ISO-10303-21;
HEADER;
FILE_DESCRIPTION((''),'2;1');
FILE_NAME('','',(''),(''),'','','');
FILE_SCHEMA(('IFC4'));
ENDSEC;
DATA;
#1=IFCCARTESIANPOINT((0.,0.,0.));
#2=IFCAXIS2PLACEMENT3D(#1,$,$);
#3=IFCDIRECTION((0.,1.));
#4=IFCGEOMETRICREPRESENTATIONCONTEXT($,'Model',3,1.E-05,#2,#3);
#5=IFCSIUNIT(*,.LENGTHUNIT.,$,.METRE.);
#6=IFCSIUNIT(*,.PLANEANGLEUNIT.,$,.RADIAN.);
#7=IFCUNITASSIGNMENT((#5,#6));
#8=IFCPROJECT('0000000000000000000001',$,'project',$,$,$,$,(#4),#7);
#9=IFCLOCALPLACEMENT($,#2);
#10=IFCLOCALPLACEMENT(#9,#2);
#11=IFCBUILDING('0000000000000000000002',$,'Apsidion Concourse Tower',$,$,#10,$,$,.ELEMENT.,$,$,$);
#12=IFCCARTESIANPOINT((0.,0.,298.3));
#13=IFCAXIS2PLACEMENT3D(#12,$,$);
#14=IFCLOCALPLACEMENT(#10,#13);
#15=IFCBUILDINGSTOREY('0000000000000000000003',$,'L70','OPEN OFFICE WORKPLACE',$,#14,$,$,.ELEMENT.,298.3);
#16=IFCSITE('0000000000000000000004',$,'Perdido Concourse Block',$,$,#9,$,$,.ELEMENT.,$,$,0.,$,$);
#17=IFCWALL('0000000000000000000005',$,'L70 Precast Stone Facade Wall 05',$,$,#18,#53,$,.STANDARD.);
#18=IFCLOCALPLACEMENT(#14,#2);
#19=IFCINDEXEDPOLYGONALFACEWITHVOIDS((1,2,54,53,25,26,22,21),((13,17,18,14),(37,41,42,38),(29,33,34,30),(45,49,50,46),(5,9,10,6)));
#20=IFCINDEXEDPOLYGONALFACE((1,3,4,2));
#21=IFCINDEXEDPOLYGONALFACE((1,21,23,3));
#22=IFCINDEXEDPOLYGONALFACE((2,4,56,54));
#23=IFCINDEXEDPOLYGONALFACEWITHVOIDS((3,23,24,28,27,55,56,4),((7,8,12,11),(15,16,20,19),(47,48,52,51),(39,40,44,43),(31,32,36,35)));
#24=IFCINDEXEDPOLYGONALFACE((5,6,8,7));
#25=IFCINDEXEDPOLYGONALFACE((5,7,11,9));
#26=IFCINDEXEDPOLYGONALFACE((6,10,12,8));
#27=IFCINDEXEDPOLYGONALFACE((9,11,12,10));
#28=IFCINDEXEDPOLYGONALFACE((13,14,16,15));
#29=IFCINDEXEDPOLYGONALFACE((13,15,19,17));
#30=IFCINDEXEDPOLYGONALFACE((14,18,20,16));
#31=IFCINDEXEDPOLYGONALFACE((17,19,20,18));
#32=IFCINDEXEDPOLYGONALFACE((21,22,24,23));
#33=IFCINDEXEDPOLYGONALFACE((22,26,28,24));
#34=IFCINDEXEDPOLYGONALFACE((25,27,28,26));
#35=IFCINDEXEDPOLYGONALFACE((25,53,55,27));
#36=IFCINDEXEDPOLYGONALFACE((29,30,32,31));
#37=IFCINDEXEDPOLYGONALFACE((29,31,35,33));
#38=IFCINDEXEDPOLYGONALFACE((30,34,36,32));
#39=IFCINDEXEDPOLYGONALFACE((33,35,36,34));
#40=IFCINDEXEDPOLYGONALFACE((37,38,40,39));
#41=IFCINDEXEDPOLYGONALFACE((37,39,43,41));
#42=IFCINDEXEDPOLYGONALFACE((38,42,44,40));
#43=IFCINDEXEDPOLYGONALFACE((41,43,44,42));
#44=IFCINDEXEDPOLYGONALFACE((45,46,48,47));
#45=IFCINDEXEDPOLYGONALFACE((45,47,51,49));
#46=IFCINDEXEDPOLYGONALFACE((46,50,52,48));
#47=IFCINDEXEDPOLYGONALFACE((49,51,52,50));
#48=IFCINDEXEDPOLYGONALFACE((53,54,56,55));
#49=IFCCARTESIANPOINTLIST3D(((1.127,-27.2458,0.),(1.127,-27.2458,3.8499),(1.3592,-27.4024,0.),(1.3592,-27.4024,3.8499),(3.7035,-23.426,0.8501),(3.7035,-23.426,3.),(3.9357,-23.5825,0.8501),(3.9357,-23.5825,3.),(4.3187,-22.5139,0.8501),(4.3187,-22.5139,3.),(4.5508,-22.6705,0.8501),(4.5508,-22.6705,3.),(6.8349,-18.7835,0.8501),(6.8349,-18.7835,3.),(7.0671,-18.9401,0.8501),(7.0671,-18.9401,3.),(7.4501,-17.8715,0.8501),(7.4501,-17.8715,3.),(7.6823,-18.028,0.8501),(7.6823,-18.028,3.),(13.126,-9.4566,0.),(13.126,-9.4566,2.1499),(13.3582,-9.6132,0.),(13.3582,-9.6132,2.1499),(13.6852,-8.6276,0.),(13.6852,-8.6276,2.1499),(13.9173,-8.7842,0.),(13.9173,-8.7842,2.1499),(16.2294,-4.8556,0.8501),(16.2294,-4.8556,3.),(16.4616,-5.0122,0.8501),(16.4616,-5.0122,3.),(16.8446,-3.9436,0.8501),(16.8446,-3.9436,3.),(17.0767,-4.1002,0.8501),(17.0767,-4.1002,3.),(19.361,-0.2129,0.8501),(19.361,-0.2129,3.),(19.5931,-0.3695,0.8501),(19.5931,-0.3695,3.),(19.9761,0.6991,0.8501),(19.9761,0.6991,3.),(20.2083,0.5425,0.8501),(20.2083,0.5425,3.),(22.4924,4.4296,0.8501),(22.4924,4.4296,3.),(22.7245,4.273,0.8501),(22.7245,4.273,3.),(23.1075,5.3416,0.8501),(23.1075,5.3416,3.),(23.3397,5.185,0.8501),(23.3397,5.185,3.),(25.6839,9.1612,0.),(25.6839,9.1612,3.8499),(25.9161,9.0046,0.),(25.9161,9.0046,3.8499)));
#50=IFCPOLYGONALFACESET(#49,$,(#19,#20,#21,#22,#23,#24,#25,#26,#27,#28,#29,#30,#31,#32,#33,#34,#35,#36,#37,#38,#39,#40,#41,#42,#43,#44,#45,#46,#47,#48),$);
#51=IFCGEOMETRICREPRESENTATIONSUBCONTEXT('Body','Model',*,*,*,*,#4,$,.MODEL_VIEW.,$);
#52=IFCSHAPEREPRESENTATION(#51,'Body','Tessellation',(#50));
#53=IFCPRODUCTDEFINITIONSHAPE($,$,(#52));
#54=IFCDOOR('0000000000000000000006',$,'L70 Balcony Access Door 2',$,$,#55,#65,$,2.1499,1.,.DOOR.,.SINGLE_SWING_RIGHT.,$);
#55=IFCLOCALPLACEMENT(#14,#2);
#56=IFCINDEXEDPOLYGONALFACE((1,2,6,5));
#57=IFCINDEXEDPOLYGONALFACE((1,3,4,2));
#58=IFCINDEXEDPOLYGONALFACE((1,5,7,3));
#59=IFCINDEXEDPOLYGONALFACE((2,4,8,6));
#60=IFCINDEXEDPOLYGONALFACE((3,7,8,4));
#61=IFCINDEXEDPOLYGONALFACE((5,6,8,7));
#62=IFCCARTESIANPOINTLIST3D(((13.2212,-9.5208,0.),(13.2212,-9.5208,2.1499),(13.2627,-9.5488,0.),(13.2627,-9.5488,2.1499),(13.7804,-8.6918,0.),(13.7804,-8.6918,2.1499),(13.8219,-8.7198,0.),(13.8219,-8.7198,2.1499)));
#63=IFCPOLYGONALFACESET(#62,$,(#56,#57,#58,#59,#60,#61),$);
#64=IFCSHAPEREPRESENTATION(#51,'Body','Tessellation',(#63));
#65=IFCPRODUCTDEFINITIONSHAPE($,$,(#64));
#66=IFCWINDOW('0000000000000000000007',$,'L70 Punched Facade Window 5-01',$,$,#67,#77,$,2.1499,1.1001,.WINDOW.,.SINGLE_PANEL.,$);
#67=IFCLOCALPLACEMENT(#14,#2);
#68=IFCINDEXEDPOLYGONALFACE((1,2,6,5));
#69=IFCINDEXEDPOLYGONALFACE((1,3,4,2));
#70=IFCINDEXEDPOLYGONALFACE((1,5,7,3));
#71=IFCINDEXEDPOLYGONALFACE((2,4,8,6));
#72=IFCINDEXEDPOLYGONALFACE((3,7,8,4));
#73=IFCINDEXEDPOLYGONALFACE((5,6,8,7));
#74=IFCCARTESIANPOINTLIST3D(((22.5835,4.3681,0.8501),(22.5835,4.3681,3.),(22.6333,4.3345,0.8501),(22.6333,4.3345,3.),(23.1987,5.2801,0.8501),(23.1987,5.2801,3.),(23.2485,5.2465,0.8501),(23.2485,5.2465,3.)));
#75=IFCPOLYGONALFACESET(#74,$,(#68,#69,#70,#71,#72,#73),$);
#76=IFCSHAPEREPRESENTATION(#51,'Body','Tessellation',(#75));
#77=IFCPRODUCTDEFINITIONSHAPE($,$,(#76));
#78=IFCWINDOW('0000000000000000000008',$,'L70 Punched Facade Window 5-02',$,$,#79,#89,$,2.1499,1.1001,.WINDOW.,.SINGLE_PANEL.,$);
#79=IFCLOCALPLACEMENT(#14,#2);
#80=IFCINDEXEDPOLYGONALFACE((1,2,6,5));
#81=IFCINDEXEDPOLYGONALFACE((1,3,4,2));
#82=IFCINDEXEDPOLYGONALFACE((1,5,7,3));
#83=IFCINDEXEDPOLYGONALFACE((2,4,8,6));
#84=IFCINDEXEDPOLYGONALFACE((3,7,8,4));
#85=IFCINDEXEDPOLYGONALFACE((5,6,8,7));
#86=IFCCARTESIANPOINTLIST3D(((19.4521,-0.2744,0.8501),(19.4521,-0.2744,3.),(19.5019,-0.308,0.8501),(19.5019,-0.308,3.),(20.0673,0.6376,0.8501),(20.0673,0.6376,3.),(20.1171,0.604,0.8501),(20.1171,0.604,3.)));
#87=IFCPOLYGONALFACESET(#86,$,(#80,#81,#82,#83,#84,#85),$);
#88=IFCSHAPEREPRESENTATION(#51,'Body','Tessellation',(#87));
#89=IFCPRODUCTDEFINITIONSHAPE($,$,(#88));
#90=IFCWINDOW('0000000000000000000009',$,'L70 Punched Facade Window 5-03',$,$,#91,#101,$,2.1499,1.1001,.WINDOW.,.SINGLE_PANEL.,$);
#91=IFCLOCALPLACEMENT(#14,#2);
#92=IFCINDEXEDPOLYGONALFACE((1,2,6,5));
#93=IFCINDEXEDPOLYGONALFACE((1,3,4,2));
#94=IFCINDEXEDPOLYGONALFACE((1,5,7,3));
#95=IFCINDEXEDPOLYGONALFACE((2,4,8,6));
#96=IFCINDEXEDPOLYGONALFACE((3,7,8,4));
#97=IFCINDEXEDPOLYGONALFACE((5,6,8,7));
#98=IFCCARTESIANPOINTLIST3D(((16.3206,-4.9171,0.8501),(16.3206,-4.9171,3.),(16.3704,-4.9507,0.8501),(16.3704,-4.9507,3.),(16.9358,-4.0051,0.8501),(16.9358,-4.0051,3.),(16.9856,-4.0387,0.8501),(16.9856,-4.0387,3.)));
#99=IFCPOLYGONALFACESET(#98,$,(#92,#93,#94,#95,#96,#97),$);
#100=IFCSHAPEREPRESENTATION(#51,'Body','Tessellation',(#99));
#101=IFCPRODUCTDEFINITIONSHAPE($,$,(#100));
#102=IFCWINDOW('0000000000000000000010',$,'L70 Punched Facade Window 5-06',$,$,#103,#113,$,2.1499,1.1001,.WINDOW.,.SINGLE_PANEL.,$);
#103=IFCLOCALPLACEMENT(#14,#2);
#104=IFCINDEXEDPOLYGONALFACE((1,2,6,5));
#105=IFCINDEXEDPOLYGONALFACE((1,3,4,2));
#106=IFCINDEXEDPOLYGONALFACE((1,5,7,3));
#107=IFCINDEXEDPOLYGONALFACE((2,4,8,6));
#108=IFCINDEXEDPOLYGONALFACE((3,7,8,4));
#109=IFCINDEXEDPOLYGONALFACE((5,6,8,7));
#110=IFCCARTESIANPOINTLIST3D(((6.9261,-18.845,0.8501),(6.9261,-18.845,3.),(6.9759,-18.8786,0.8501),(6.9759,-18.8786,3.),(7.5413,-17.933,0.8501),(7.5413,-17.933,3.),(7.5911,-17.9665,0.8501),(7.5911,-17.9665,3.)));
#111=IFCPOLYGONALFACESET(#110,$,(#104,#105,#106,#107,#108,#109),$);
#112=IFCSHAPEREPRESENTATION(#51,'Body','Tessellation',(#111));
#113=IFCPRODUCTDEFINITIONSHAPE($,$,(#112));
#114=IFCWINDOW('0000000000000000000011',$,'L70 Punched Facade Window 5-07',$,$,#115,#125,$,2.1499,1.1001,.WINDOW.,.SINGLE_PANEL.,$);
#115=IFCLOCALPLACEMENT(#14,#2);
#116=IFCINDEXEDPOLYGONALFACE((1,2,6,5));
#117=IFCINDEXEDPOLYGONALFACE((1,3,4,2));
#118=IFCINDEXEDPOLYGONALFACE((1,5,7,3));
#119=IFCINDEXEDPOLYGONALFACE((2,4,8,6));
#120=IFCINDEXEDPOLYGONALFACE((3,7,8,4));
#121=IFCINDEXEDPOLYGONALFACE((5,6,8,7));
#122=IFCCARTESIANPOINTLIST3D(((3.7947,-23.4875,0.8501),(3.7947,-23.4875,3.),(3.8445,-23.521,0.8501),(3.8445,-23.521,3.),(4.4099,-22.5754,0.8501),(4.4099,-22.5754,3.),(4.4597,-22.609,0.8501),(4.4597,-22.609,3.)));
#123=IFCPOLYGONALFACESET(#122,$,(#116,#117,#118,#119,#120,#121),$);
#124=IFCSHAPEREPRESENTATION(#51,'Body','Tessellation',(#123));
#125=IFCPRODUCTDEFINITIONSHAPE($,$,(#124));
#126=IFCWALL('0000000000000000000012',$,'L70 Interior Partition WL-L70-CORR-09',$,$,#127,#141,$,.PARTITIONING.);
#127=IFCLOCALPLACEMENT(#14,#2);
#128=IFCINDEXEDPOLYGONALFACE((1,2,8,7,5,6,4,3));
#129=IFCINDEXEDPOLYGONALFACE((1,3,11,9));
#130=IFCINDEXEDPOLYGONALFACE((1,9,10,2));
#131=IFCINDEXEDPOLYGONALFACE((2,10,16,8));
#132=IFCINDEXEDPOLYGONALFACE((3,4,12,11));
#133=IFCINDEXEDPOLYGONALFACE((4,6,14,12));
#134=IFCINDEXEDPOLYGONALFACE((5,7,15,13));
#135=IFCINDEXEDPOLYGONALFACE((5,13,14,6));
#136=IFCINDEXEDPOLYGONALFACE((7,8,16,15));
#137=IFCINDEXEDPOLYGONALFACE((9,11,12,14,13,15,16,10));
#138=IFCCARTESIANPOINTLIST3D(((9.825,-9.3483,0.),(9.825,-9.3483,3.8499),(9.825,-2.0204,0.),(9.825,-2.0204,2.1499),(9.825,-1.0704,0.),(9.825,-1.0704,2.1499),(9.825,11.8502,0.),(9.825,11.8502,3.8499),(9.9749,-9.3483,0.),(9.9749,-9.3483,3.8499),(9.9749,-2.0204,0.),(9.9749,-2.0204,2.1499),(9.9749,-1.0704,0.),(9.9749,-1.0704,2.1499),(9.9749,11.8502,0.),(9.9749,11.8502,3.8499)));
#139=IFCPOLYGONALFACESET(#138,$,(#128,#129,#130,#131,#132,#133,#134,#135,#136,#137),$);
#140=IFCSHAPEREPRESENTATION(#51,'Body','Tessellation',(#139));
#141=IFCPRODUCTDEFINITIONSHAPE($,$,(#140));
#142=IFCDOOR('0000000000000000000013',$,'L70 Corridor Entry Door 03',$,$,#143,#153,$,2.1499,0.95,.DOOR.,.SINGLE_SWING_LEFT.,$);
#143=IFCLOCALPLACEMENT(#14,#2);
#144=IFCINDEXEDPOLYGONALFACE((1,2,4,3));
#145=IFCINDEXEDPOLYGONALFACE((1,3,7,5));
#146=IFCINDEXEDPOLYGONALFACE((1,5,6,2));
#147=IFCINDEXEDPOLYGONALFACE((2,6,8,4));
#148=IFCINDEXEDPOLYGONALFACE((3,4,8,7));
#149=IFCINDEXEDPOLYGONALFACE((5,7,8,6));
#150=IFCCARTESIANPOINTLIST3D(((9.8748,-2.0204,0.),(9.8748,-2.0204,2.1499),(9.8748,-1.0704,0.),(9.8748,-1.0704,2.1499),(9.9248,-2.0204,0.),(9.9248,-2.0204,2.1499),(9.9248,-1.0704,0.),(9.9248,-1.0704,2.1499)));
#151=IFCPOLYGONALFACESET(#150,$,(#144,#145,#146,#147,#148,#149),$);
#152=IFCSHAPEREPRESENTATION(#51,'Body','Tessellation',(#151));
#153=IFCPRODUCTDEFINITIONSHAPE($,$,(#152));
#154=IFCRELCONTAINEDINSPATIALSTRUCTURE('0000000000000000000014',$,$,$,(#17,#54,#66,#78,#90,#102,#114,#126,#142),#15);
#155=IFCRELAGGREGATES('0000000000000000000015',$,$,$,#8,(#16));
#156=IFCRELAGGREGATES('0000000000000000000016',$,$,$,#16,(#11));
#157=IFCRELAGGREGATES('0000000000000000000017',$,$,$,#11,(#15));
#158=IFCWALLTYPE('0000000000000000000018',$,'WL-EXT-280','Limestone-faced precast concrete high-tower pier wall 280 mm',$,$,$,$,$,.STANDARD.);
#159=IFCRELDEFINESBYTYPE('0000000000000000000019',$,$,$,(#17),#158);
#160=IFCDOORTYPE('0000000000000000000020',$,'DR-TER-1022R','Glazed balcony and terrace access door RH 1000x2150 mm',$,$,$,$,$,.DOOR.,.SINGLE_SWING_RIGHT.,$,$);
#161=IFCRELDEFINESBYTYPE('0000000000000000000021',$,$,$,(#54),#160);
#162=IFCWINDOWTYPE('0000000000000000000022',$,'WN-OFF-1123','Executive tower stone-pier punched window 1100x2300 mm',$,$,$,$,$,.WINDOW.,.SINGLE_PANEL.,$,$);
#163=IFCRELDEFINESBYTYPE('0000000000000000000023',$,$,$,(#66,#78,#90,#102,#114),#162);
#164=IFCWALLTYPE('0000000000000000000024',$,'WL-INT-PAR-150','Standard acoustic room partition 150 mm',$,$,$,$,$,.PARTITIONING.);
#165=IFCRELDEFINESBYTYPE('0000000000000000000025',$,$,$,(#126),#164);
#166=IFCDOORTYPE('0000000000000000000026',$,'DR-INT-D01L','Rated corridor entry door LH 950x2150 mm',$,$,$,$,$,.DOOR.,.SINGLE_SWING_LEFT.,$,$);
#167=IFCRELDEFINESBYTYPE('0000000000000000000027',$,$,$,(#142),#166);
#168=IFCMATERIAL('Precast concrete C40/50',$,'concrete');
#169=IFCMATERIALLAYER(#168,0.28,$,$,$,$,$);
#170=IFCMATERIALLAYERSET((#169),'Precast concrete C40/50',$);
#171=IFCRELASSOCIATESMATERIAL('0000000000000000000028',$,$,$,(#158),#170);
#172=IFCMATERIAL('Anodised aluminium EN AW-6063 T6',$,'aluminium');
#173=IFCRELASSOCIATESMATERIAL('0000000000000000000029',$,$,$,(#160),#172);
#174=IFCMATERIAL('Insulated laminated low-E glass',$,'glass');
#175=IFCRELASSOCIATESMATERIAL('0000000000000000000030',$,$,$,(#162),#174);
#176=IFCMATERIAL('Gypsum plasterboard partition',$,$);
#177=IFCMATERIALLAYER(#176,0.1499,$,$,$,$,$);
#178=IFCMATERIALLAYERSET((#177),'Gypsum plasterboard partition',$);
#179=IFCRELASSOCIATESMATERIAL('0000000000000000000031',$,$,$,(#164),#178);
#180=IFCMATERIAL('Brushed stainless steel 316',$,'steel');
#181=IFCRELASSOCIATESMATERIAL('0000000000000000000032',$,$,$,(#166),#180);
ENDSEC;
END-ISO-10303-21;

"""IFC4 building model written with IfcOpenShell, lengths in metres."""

from ifc_helpers import new_model, si_unit, direction, frame, frame_2d, origin, place, context, subcontext, project, spatial, rectangle, extrude, material, layer, layer_set, type_object, element, fill, save


model = new_model("IFC4")

# Units and contexts
model_context = context("Model", 3, precision=1e-05, world=origin(), true_north=direction((0.0, 1.0)))
body_context = subcontext(model_context, "Body", "Model", "MODEL_VIEW")
ifc_project = project(units=[si_unit("LENGTHUNIT", "METRE"), si_unit("PLANEANGLEUNIT", "RADIAN")], contexts=[model_context])

# Site, building, storey
site_placement = place(None, origin())
site = spatial("IfcSite", under=ifc_project, at=site_placement, Name="Perdido Concourse Block", CompositionType="ELEMENT", RefElevation=0.0)
building_placement = place(site_placement, origin())
building = spatial("IfcBuilding", under=site, at=building_placement, Name="Apsidion Concourse Tower", CompositionType="ELEMENT")
storey_placement = place(building_placement, frame((0.0, 0.0, 298.3)))
storey = spatial("IfcBuildingStorey", under=building, at=storey_placement, Name="L70", Description="OPEN OFFICE WORKPLACE", CompositionType="ELEMENT", Elevation=298.3)

# Shared definitions
ifc_material_1 = material(Name="Precast concrete C40/50", Category="concrete")
ifc_layer_1 = layer(ifc_material_1, 0.28)
ifc_layer_set_1 = layer_set([ifc_layer_1], Name="Precast concrete C40/50")
wall_type_1 = type_object("IfcWallType", Name="WL-EXT-280", Description="Limestone-faced precast concrete high-tower pier wall 280 mm", PredefinedType="STANDARD", material=ifc_layer_set_1)

# Wall, openings, door, windows
wall_1_placement = place(storey_placement, frame((25.8, 9.083, 0.0), z_axis=(0.0, 0.0, 1.0), x_axis=(-0.559194, -0.829037, 0.0)))
wall_1 = element("IfcWall", 1, at=wall_1_placement, inside=storey, type_object=wall_type_1, Name="L70 Precast Stone Facade Wall 05", PredefinedType="STANDARD", context=body_context, shape_type="SweptSolid", body=[
    extrude(rectangle(XDim=43.9148, YDim=0.28, at=frame_2d((21.9575, 0.0))), origin(), (0.0, 0.0, 1.0), 3.8499),
])
opening_1_placement = place(wall_1_placement, frame((21.4573, 0.0, 0.0)))
opening_1 = element("IfcOpeningElement", 2, at=opening_1_placement, cuts=wall_1, PredefinedType="OPENING", context=body_context, shape_type="SweptSolid", body=[
    extrude(rectangle(XDim=1.0, YDim=2.1499, at=frame_2d((0.5, 1.075))), frame((0.0, 0.1499, 0.0), z_axis=(0.0, -1.0, 0.0), x_axis=(1.0, 0.0, 0.0)), (0.0, 0.0, 1.0), 0.3),
])
opening_2_placement = place(wall_1_placement, frame((4.6074, 0.0, 0.8501)))
opening_2 = element("IfcOpeningElement", 3, at=opening_2_placement, cuts=wall_1, PredefinedType="OPENING", context=body_context, shape_type="SweptSolid", body=[
    extrude(rectangle(XDim=1.1001, YDim=2.1499, at=frame_2d((0.55, 1.075))), frame((0.0, 0.1499, 0.0), z_axis=(0.0, -1.0, 0.0), x_axis=(1.0, 0.0, 0.0)), (0.0, 0.0, 1.0), 0.3),
])
opening_3_placement = place(wall_1_placement, frame((10.2073, 0.0, 0.8501)))
opening_3 = element("IfcOpeningElement", 4, at=opening_3_placement, cuts=wall_1, PredefinedType="OPENING", context=body_context, shape_type="SweptSolid", body=[
    extrude(rectangle(XDim=1.1001, YDim=2.1499, at=frame_2d((0.55, 1.075))), frame((0.0, 0.1499, 0.0), z_axis=(0.0, -1.0, 0.0), x_axis=(1.0, 0.0, 0.0)), (0.0, 0.0, 1.0), 0.3),
])
opening_4_placement = place(wall_1_placement, frame((15.8074, 0.0, 0.8501)))
opening_4 = element("IfcOpeningElement", 5, at=opening_4_placement, cuts=wall_1, PredefinedType="OPENING", context=body_context, shape_type="SweptSolid", body=[
    extrude(rectangle(XDim=1.1001, YDim=2.1499, at=frame_2d((0.55, 1.075))), frame((0.0, 0.1499, 0.0), z_axis=(0.0, -1.0, 0.0), x_axis=(1.0, 0.0, 0.0)), (0.0, 0.0, 1.0), 0.3),
])
opening_5_placement = place(wall_1_placement, frame((32.6074, 0.0, 0.8501)))
opening_5 = element("IfcOpeningElement", 6, at=opening_5_placement, cuts=wall_1, PredefinedType="OPENING", context=body_context, shape_type="SweptSolid", body=[
    extrude(rectangle(XDim=1.1001, YDim=2.1499, at=frame_2d((0.55, 1.075))), frame((0.0, 0.1499, 0.0), z_axis=(0.0, -1.0, 0.0), x_axis=(1.0, 0.0, 0.0)), (0.0, 0.0, 1.0), 0.3),
])
opening_6_placement = place(wall_1_placement, frame((38.2073, 0.0, 0.8501)))
opening_6 = element("IfcOpeningElement", 7, at=opening_6_placement, cuts=wall_1, PredefinedType="OPENING", context=body_context, shape_type="SweptSolid", body=[
    extrude(rectangle(XDim=1.1001, YDim=2.1499, at=frame_2d((0.55, 1.075))), frame((0.0, 0.1499, 0.0), z_axis=(0.0, -1.0, 0.0), x_axis=(1.0, 0.0, 0.0)), (0.0, 0.0, 1.0), 0.3),
])
ifc_material_2 = material(Name="Anodised aluminium EN AW-6063 T6", Category="aluminium")
door_type_1 = type_object("IfcDoorType", Name="DR-TER-1022R", Description="Glazed balcony and terrace access door RH 1000x2150 mm", OperationType="SINGLE_SWING_RIGHT", PredefinedType="DOOR", material=ifc_material_2)
door_1_placement = place(opening_1_placement, origin())
door_1 = element("IfcDoor", 8, at=door_1_placement, inside=storey, type_object=door_type_1, Name="L70 Balcony Access Door 2", OperationType="SINGLE_SWING_RIGHT", OverallHeight=2.1499, OverallWidth=1.0, PredefinedType="DOOR", context=body_context, shape_type="SweptSolid", body=[
    extrude(rectangle(XDim=1.0, YDim=2.1499, at=frame_2d((0.5, 1.075))), frame((0.0, 0.0249, 0.0), z_axis=(0.0, -1.0, 0.0), x_axis=(1.0, 0.0, 0.0)), (0.0, 0.0, 1.0), 0.05),
])
fill(opening_1, door_1)
ifc_material_3 = material(Name="Insulated laminated low-E glass", Category="glass")
window_type = type_object("IfcWindowType", Name="WN-OFF-1123", Description="Executive tower stone-pier punched window 1100x2300 mm", PartitioningType="SINGLE_PANEL", PredefinedType="WINDOW", material=ifc_material_3)
window_1_placement = place(opening_2_placement, origin())
window_1 = element("IfcWindow", 9, at=window_1_placement, inside=storey, type_object=window_type, Name="L70 Punched Facade Window 5-01", OverallHeight=2.1499, OverallWidth=1.1001, PartitioningType="SINGLE_PANEL", PredefinedType="WINDOW", context=body_context, shape_type="SweptSolid", body=[
    extrude(rectangle(XDim=1.1001, YDim=2.1499, at=frame_2d((0.55, 1.075))), frame((0.0, 0.03, 0.0), z_axis=(0.0, -1.0, 0.0), x_axis=(1.0, 0.0, 0.0)), (0.0, 0.0, 1.0), 0.0601),
])
fill(opening_2, window_1)
window_2_placement = place(opening_3_placement, origin())
window_2 = element("IfcWindow", 10, at=window_2_placement, inside=storey, type_object=window_type, Name="L70 Punched Facade Window 5-02", OverallHeight=2.1499, OverallWidth=1.1001, PartitioningType="SINGLE_PANEL", PredefinedType="WINDOW", context=body_context, shape_type="SweptSolid", body=[
    extrude(rectangle(XDim=1.1001, YDim=2.1499, at=frame_2d((0.55, 1.075))), frame((0.0, 0.03, 0.0), z_axis=(0.0, -1.0, 0.0), x_axis=(1.0, 0.0, 0.0)), (0.0, 0.0, 1.0), 0.0601),
])
fill(opening_3, window_2)
window_3_placement = place(opening_4_placement, origin())
window_3 = element("IfcWindow", 11, at=window_3_placement, inside=storey, type_object=window_type, Name="L70 Punched Facade Window 5-03", OverallHeight=2.1499, OverallWidth=1.1001, PartitioningType="SINGLE_PANEL", PredefinedType="WINDOW", context=body_context, shape_type="SweptSolid", body=[
    extrude(rectangle(XDim=1.1001, YDim=2.1499, at=frame_2d((0.55, 1.075))), frame((0.0, 0.03, 0.0), z_axis=(0.0, -1.0, 0.0), x_axis=(1.0, 0.0, 0.0)), (0.0, 0.0, 1.0), 0.0601),
])
fill(opening_4, window_3)
window_4_placement = place(opening_5_placement, origin())
window_4 = element("IfcWindow", 12, at=window_4_placement, inside=storey, type_object=window_type, Name="L70 Punched Facade Window 5-06", OverallHeight=2.1499, OverallWidth=1.1001, PartitioningType="SINGLE_PANEL", PredefinedType="WINDOW", context=body_context, shape_type="SweptSolid", body=[
    extrude(rectangle(XDim=1.1001, YDim=2.1499, at=frame_2d((0.55, 1.075))), frame((0.0, 0.03, 0.0), z_axis=(0.0, -1.0, 0.0), x_axis=(1.0, 0.0, 0.0)), (0.0, 0.0, 1.0), 0.0601),
])
fill(opening_5, window_4)
window_5_placement = place(opening_6_placement, origin())
window_5 = element("IfcWindow", 13, at=window_5_placement, inside=storey, type_object=window_type, Name="L70 Punched Facade Window 5-07", OverallHeight=2.1499, OverallWidth=1.1001, PartitioningType="SINGLE_PANEL", PredefinedType="WINDOW", context=body_context, shape_type="SweptSolid", body=[
    extrude(rectangle(XDim=1.1001, YDim=2.1499, at=frame_2d((0.55, 1.075))), frame((0.0, 0.03, 0.0), z_axis=(0.0, -1.0, 0.0), x_axis=(1.0, 0.0, 0.0)), (0.0, 0.0, 1.0), 0.0601),
])
fill(opening_6, window_5)

# Wall, opening, door
ifc_material_4 = material(Name="Gypsum plasterboard partition")
ifc_layer_2 = layer(ifc_material_4, 0.1499)
ifc_layer_set_2 = layer_set([ifc_layer_2], Name="Gypsum plasterboard partition")
wall_type_2 = type_object("IfcWallType", Name="WL-INT-PAR-150", Description="Standard acoustic room partition 150 mm", PredefinedType="PARTITIONING", material=ifc_layer_set_2)
wall_2_placement = place(storey_placement, frame((9.8999, 11.8501, 0.0), z_axis=(0.0, 0.0, 1.0), x_axis=(0.0, -1.0, 0.0)))
wall_2 = element("IfcWall", 14, at=wall_2_placement, inside=storey, type_object=wall_type_2, Name="L70 Interior Partition WL-L70-CORR-09", PredefinedType="PARTITIONING", context=body_context, shape_type="SweptSolid", body=[
    extrude(rectangle(XDim=21.1985, YDim=0.1499, at=frame_2d((10.5991, 0.0))), origin(), (0.0, 0.0, 1.0), 3.8499),
])
opening_7_placement = place(wall_2_placement, frame((12.9204, 0.0, 0.0)))
opening_7 = element("IfcOpeningElement", 15, at=opening_7_placement, cuts=wall_2, PredefinedType="OPENING", context=body_context, shape_type="SweptSolid", body=[
    extrude(rectangle(XDim=0.95, YDim=2.1499, at=frame_2d((0.4751, 1.075))), frame((0.0, 0.085, 0.0), z_axis=(0.0, -1.0, 0.0), x_axis=(1.0, 0.0, 0.0)), (0.0, 0.0, 1.0), 0.1699),
])
ifc_material_5 = material(Name="Brushed stainless steel 316", Category="steel")
door_type_2 = type_object("IfcDoorType", Name="DR-INT-D01L", Description="Rated corridor entry door LH 950x2150 mm", OperationType="SINGLE_SWING_LEFT", PredefinedType="DOOR", material=ifc_material_5)
door_2_placement = place(opening_7_placement, origin())
door_2 = element("IfcDoor", 16, at=door_2_placement, inside=storey, type_object=door_type_2, Name="L70 Corridor Entry Door 03", OperationType="SINGLE_SWING_LEFT", OverallHeight=2.1499, OverallWidth=0.95, PredefinedType="DOOR", context=body_context, shape_type="SweptSolid", body=[
    extrude(rectangle(XDim=0.95, YDim=2.1499, at=frame_2d((0.4751, 1.075))), frame((0.0, 0.0249, 0.0), z_axis=(0.0, -1.0, 0.0), x_axis=(1.0, 0.0, 0.0)), (0.0, 0.0, 1.0), 0.05),
])
fill(opening_7, door_2)

save(model, "model.ifc")
